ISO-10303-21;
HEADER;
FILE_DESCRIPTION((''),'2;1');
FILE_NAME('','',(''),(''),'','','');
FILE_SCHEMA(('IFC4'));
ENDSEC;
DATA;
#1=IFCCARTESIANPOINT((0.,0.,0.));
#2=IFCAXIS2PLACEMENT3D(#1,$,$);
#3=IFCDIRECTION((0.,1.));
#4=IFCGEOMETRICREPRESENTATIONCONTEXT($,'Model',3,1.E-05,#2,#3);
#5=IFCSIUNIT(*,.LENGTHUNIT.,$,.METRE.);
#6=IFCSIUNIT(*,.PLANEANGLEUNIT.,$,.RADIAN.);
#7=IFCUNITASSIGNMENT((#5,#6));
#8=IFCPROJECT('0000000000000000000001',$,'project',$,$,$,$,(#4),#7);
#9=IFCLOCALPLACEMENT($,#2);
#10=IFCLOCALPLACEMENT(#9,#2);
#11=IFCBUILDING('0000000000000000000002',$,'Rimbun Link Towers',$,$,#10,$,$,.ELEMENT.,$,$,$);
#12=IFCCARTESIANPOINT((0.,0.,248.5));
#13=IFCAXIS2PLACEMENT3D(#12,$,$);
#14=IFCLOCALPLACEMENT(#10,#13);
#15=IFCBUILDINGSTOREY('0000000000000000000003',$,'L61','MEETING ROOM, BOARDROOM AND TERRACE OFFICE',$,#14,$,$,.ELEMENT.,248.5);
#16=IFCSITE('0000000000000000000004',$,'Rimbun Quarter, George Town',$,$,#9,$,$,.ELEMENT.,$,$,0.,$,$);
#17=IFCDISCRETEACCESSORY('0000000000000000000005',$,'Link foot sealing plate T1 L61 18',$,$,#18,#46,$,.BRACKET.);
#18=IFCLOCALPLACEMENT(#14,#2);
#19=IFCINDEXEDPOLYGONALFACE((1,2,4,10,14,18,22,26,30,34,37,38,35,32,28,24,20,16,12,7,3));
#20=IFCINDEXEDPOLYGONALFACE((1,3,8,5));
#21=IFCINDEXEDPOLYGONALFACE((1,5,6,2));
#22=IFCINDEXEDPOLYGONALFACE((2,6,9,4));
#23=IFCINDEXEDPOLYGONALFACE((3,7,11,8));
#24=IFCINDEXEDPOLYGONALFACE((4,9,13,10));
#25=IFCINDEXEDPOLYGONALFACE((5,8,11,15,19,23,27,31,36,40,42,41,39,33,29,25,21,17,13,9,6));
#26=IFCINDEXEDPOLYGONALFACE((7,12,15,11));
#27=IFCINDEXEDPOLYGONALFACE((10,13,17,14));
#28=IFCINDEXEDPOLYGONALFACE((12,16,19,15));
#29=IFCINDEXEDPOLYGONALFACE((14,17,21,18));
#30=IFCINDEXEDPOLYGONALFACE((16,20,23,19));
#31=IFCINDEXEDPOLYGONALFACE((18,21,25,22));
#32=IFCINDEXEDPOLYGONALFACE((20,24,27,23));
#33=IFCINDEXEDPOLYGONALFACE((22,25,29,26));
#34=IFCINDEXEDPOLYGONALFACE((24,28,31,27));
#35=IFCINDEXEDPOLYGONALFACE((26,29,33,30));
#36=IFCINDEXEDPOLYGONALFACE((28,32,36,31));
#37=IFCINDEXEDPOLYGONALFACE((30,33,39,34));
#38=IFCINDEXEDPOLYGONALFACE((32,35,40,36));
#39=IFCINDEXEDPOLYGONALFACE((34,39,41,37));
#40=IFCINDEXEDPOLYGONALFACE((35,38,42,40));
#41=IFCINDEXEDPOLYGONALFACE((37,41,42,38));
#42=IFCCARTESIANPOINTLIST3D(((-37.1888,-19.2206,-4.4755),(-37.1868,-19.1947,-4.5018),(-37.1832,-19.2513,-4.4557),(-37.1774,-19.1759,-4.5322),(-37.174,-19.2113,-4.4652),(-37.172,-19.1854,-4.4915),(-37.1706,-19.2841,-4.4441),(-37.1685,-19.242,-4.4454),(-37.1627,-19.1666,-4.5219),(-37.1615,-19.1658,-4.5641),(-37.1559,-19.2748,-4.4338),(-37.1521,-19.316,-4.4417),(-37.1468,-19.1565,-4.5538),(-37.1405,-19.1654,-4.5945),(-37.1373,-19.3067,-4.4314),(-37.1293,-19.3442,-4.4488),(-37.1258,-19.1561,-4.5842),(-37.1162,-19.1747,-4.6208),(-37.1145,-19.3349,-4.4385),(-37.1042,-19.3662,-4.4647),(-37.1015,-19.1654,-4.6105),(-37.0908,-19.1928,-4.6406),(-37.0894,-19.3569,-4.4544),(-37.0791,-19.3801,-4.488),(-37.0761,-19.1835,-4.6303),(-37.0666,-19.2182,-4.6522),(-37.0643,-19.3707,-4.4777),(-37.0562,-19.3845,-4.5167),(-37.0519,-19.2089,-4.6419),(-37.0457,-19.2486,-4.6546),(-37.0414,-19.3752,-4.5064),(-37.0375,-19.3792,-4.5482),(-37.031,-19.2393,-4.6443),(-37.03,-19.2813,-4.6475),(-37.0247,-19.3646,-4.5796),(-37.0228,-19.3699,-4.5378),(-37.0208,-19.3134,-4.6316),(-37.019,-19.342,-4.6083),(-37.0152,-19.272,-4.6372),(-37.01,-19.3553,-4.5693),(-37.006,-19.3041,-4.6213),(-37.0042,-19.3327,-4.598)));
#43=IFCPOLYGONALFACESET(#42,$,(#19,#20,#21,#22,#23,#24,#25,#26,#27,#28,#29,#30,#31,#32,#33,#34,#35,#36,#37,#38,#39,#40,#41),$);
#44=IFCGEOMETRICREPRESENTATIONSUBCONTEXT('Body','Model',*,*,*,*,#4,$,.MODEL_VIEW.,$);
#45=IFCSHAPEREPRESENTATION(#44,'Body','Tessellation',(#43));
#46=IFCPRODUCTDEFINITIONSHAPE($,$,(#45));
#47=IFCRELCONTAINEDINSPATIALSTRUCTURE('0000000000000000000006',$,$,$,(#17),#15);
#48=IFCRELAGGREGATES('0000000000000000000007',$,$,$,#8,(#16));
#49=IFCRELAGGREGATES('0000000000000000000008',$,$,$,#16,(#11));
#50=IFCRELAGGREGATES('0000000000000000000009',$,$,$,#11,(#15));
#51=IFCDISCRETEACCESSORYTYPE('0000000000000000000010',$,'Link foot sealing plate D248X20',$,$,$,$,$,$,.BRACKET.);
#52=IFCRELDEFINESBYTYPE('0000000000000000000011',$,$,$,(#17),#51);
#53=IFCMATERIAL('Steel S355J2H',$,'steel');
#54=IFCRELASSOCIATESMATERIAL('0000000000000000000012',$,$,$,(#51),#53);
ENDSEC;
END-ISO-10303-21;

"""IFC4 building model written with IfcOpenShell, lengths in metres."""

from ifc_helpers import new_model, si_unit, direction, frame, origin, origin_2d, place, context, subcontext, project, spatial, circle, extrude, material, material_profile, profile_set, type_object, element, save


model = new_model("IFC4")

# Units and contexts
model_context = context("Model", 3, precision=1e-05, world=origin(), true_north=direction((0.0, 1.0)))
body_context = subcontext(model_context, "Body", "Model", "MODEL_VIEW")
ifc_project = project(units=[si_unit("LENGTHUNIT", "METRE"), si_unit("PLANEANGLEUNIT", "RADIAN")], contexts=[model_context])

# Site, building, storey
site_placement = place(None, origin())
site = spatial("IfcSite", under=ifc_project, at=site_placement, Name="Rimbun Quarter, George Town", CompositionType="ELEMENT", RefElevation=0.0)
building_placement = place(site_placement, origin())
building = spatial("IfcBuilding", under=site, at=building_placement, Name="Rimbun Link Towers", CompositionType="ELEMENT")
storey_placement = place(building_placement, frame((0.0, 0.0, 248.5)))
storey = spatial("IfcBuildingStorey", under=building, at=storey_placement, Name="L61", Description="MEETING ROOM, BOARDROOM AND TERRACE OFFICE", CompositionType="ELEMENT", Elevation=248.5)

# Discrete accessory
ifc_material_1 = material(Name="Steel S355J2H", Category="steel")
ifc_material_profile_1 = material_profile(ifc_material_1, circle(Radius=0.124, at=origin_2d()), Name="PL D248")
ifc_profile_set_1 = profile_set([ifc_material_profile_1], Name="Steel S355J2H")
discrete_accessory_type = type_object("IfcDiscreteAccessoryType", Name="Link foot sealing plate D248X20", PredefinedType="BRACKET", material=ifc_profile_set_1)
discrete_accessory_1_placement = place(storey_placement, frame((-37.0891, -19.2651, -4.5378), z_axis=(-0.727179, -0.460547, -0.509025), x_axis=(0.535052, -0.844819, 0.0)))
element("IfcDiscreteAccessory", 1, at=discrete_accessory_1_placement, inside=storey, type_object=discrete_accessory_type, Name="Link foot sealing plate T1 L61 18", PredefinedType="BRACKET", context=body_context, shape_type="SweptSolid", body=[
    extrude(circle(Radius=0.124, at=origin_2d()), origin(), (0.0, 0.0, 1.0), 0.0203),
])

save(model, "model.ifc")
